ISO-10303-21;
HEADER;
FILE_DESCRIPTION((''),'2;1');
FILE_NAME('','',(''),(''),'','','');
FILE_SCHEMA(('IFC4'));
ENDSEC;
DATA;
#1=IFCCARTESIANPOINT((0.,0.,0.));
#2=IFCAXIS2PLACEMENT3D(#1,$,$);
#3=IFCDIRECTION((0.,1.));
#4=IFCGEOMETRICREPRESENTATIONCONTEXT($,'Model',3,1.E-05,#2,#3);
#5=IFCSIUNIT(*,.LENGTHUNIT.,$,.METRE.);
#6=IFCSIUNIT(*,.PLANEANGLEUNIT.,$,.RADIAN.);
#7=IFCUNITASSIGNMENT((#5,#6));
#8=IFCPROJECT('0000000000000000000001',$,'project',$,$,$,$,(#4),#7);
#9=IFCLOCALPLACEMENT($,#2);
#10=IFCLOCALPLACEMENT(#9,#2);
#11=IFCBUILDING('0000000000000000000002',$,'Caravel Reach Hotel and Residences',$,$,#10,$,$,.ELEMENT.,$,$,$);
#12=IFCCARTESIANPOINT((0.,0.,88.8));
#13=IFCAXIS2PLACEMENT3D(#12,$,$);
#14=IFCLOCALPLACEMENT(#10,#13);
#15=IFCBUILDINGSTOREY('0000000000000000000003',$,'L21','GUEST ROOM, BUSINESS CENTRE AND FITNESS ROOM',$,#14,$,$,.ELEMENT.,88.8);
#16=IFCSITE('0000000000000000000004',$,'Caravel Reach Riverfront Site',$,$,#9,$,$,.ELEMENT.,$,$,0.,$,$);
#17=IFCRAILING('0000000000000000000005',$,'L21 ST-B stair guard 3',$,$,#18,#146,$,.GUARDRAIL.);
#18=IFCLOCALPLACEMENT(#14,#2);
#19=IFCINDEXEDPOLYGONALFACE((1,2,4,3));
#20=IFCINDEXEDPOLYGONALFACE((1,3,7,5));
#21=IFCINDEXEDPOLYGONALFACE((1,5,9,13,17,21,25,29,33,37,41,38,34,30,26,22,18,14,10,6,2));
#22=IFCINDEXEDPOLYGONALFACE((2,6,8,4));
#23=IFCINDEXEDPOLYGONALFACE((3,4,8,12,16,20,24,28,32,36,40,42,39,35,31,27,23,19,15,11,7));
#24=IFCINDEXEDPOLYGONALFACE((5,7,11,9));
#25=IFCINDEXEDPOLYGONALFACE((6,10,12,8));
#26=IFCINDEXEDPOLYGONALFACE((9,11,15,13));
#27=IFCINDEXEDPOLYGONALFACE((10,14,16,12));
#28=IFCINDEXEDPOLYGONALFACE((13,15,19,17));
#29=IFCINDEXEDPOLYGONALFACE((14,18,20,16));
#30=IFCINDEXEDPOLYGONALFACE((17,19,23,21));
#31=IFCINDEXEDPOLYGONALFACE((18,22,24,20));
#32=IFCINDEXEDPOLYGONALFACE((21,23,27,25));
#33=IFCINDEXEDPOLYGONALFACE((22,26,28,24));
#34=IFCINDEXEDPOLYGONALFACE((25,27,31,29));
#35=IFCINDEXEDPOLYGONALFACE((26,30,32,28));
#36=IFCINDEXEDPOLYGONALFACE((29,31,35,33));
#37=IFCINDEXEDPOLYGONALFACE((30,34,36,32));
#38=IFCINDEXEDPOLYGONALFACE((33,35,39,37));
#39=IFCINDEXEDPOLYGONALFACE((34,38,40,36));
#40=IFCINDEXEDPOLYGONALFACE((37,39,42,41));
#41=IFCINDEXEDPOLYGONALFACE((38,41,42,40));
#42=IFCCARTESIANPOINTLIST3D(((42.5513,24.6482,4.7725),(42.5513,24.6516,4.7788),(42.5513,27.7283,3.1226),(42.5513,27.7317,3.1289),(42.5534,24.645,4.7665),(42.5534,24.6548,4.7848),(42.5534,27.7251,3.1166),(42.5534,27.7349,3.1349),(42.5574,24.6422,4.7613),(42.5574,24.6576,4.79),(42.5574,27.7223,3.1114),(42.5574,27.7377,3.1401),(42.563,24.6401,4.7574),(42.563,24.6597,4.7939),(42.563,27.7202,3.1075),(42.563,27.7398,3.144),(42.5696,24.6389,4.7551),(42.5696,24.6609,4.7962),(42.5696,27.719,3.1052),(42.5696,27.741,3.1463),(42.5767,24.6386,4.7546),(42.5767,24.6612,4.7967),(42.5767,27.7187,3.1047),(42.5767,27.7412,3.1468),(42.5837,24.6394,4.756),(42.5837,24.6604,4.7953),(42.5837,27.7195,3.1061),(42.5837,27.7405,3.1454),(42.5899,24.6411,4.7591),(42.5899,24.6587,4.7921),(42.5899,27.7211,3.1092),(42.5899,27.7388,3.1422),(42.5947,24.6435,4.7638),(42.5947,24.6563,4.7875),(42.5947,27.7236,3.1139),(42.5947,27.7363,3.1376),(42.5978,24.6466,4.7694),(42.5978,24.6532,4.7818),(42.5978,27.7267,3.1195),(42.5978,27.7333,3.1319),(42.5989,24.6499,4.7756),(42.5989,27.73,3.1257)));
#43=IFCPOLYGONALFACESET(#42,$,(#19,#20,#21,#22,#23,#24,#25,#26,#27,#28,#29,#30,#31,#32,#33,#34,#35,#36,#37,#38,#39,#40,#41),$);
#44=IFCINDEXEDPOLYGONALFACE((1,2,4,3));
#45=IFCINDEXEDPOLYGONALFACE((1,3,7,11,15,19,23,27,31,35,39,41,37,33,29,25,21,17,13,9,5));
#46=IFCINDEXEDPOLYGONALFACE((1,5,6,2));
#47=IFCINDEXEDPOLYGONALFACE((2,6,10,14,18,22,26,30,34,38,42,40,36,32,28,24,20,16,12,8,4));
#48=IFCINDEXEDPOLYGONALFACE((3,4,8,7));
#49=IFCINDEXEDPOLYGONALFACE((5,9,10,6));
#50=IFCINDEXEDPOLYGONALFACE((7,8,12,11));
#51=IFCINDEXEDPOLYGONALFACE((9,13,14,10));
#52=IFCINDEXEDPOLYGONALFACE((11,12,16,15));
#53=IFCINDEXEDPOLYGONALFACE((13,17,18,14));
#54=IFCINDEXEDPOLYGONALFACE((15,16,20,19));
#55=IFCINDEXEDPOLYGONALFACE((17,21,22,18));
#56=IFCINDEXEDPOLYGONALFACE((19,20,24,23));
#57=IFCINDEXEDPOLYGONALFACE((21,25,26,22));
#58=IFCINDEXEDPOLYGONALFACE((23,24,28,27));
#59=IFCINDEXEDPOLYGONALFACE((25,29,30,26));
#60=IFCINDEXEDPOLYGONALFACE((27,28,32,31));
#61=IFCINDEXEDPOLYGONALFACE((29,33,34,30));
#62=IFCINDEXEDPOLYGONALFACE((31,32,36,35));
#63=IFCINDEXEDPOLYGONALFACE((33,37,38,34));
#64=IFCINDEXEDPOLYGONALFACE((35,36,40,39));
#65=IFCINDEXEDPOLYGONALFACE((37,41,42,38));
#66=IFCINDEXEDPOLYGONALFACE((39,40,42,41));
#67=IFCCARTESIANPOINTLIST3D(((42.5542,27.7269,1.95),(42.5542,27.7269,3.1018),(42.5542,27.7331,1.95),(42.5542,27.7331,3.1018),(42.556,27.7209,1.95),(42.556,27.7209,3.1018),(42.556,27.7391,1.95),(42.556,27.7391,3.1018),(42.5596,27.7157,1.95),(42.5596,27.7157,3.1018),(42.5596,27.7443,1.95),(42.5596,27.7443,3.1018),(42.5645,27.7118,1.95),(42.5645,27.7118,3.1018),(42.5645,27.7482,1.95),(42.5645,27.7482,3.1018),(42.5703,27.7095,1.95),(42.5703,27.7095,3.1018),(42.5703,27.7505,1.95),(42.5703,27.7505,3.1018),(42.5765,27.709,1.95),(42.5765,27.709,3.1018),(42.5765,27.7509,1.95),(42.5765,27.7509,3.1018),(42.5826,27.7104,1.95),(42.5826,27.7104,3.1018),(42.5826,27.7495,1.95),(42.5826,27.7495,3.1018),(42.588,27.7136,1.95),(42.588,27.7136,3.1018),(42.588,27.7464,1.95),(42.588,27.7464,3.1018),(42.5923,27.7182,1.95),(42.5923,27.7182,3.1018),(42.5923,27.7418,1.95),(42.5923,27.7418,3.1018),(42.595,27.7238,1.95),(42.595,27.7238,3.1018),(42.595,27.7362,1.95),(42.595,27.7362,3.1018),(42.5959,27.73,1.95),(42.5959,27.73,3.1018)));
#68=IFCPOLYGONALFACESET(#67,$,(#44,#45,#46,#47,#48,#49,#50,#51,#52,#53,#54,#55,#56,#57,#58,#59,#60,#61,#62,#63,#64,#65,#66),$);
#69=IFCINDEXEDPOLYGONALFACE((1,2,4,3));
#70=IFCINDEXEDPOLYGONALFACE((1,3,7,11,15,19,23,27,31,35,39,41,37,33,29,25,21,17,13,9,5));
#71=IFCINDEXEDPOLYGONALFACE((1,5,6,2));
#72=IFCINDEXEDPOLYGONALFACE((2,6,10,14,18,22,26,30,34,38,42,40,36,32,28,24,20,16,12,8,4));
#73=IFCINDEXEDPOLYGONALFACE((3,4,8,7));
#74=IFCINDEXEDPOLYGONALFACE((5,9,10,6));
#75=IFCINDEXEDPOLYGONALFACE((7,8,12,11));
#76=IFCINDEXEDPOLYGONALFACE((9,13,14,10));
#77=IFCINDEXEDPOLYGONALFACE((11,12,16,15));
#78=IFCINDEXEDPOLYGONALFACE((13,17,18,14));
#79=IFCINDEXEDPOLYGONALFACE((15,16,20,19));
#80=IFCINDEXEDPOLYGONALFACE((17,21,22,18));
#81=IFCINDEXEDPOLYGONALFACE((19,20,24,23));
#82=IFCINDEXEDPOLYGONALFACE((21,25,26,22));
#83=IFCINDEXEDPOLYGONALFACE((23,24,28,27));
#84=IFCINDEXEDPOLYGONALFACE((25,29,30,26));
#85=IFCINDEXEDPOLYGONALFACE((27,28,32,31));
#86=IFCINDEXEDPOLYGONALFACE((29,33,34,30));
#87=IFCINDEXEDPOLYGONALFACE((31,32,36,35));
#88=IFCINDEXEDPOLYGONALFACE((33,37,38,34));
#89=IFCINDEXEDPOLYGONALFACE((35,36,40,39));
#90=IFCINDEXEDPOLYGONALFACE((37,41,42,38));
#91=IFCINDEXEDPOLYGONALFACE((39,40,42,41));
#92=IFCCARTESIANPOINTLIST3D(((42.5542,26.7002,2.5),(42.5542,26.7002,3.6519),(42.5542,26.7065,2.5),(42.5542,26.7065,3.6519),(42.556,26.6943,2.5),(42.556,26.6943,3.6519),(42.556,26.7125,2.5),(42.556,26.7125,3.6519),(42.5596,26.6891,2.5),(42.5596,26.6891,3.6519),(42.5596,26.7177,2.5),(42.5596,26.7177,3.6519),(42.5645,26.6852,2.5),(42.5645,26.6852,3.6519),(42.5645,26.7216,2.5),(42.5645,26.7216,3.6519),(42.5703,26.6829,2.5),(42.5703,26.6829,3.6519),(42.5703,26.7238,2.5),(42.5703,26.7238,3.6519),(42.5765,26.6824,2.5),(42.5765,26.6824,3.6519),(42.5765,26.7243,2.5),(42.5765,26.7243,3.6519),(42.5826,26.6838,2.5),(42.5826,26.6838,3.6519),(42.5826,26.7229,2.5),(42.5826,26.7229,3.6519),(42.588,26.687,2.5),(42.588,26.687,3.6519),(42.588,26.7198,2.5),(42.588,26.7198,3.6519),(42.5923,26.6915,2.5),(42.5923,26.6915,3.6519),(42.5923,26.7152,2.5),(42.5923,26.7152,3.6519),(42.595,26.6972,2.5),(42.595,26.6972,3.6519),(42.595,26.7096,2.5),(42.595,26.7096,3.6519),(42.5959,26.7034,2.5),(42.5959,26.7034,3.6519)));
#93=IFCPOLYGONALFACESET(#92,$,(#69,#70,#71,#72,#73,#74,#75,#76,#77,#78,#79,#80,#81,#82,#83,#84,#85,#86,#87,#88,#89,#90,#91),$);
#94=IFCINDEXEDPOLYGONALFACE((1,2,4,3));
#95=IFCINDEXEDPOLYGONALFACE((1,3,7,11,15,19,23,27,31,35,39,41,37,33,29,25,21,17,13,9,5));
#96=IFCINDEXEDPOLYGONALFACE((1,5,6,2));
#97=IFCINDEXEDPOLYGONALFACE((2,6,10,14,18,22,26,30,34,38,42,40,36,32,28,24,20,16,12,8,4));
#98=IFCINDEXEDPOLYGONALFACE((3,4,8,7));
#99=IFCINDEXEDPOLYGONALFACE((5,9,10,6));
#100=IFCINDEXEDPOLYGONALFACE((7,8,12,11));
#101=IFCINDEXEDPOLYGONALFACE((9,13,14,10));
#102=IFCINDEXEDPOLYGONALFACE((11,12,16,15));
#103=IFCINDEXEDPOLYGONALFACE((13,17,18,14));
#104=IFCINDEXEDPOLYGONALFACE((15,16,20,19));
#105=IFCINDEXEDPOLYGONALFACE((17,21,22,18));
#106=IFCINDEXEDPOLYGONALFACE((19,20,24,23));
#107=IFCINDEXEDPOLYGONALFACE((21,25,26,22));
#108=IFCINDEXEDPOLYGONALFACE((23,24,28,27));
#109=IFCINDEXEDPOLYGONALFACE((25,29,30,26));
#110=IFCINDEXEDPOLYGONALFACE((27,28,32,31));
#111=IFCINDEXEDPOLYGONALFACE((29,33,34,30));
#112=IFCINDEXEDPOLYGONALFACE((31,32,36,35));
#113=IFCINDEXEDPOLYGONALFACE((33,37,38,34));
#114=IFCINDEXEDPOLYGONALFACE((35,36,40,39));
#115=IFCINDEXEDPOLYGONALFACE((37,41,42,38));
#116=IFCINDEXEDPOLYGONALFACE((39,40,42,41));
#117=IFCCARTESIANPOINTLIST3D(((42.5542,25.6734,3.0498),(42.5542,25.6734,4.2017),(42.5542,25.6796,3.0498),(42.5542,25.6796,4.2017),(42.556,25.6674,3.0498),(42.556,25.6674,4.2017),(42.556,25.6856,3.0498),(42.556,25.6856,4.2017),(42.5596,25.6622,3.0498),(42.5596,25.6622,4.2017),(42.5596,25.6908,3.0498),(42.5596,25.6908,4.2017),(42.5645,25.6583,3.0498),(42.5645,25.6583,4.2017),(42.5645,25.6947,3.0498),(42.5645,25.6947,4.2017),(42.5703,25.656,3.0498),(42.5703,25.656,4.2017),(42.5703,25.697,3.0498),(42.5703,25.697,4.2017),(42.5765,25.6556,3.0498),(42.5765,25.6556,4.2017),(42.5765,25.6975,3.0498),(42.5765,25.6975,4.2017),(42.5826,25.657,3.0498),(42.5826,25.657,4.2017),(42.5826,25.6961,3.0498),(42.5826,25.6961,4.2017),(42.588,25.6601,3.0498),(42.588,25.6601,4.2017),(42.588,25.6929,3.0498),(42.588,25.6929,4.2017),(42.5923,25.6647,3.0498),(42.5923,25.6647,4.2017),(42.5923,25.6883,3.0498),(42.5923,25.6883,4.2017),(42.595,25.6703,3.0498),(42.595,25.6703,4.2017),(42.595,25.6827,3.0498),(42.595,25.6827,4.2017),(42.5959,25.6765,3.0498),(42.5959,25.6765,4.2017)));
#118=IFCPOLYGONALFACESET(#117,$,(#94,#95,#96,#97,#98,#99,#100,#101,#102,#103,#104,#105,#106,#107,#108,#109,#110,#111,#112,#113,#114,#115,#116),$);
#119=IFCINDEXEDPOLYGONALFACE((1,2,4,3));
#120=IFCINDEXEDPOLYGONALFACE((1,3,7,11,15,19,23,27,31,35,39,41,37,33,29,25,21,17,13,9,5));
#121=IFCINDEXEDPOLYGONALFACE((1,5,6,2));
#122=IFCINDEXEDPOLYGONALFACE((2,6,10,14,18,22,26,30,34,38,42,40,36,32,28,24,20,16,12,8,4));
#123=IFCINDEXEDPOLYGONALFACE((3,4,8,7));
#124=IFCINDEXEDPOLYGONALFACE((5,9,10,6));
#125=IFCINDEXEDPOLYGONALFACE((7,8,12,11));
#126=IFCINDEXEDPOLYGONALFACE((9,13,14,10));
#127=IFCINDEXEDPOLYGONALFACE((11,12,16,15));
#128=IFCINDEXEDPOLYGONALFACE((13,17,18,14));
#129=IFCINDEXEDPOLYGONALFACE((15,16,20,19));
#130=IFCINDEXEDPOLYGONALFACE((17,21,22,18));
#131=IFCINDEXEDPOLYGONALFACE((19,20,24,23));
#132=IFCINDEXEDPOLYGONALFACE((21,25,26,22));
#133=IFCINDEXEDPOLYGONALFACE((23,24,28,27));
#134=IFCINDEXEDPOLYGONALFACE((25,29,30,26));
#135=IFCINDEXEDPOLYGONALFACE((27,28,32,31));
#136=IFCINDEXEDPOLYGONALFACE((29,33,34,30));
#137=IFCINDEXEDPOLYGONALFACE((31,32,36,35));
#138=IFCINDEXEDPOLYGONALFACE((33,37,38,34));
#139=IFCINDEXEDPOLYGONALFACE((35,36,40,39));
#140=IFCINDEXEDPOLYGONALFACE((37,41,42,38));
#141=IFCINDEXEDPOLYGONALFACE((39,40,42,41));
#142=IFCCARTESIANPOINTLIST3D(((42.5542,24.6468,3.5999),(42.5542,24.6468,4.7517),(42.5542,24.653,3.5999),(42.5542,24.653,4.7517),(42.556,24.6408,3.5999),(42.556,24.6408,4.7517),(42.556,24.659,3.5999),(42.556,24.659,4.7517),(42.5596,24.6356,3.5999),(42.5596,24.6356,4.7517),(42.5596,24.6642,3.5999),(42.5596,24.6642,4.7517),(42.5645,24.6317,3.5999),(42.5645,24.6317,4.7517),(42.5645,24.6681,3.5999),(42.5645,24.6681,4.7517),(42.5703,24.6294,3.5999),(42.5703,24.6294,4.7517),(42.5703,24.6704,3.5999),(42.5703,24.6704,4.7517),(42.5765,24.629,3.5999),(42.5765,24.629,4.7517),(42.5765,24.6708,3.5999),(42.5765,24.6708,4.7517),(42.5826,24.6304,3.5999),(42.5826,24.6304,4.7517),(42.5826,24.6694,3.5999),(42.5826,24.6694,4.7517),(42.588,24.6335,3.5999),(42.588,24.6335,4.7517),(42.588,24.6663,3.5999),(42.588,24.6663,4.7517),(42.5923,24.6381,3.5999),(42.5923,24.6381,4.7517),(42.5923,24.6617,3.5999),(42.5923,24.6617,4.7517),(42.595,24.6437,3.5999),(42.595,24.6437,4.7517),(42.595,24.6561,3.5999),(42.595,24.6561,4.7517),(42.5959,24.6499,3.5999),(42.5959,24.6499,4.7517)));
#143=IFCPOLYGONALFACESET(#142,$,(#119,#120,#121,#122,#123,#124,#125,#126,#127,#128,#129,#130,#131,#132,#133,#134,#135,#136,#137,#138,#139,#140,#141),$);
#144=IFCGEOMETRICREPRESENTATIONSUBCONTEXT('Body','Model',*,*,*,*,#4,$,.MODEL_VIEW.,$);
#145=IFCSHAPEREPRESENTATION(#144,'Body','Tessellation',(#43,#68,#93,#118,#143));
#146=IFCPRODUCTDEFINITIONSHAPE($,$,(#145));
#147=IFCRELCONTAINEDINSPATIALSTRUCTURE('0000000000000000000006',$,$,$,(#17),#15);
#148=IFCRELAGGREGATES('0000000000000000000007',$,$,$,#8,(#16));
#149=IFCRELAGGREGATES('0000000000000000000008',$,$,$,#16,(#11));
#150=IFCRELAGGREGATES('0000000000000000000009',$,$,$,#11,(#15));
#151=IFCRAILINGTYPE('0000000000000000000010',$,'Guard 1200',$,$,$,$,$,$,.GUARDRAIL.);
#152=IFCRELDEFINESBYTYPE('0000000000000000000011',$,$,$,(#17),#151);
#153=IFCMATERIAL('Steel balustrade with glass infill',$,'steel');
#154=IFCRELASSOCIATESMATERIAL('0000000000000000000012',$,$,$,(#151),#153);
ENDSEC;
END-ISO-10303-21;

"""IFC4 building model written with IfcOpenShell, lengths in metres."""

from ifc_helpers import new_model, si_unit, direction, frame, origin, origin_2d, place, context, subcontext, project, spatial, circle, extrude, material, type_object, element, save


model = new_model("IFC4")

# Units and contexts
model_context = context("Model", 3, precision=1e-05, world=origin(), true_north=direction((0.0, 1.0)))
body_context = subcontext(model_context, "Body", "Model", "MODEL_VIEW")
ifc_project = project(units=[si_unit("LENGTHUNIT", "METRE"), si_unit("PLANEANGLEUNIT", "RADIAN")], contexts=[model_context])

# Site, building, storey
site_placement = place(None, origin())
site = spatial("IfcSite", under=ifc_project, at=site_placement, Name="Caravel Reach Riverfront Site", CompositionType="ELEMENT", RefElevation=0.0)
building_placement = place(site_placement, origin())
building = spatial("IfcBuilding", under=site, at=building_placement, Name="Caravel Reach Hotel and Residences", CompositionType="ELEMENT")
storey_placement = place(building_placement, frame((0.0, 0.0, 88.8)))
storey = spatial("IfcBuildingStorey", under=building, at=storey_placement, Name="L21", Description="GUEST ROOM, BUSINESS CENTRE AND FITNESS ROOM", CompositionType="ELEMENT", Elevation=88.8)

# Railing
ifc_material_1 = material(Name="Steel balustrade with glass infill", Category="steel")
railing_type_1 = type_object("IfcRailingType", Name="Guard 1200", PredefinedType="GUARDRAIL", material=ifc_material_1)
railing_1_placement = place(storey_placement, frame((42.575, 27.73, 1.95)))
element("IfcRailing", 1, at=railing_1_placement, inside=storey, type_object=railing_type_1, Name="L21 ST-B stair guard 3", PredefinedType="GUARDRAIL", context=body_context, shape_type="SweptSolid", body=[
    extrude(circle(Radius=0.0239, at=origin_2d()), frame((0.0, 0.0, 1.1758), z_axis=(0.0, -0.881497, 0.47219), x_axis=(1.0, 0.0, 0.0)), (0.0, 0.0, 1.0), 3.4941),
    extrude(circle(Radius=0.021, at=origin_2d()), origin(), (0.0, 0.0, 1.0), 1.1519),
    extrude(circle(Radius=0.021, at=origin_2d()), frame((0.0, -1.0266, 0.55)), (0.0, 0.0, 1.0), 1.1519),
    extrude(circle(Radius=0.021, at=origin_2d()), frame((0.0, -2.0535, 1.0999)), (0.0, 0.0, 1.0), 1.1519),
    extrude(circle(Radius=0.021, at=origin_2d()), frame((0.0, -3.0801, 1.6499)), (0.0, 0.0, 1.0), 1.1519),
])

save(model, "model.ifc")
